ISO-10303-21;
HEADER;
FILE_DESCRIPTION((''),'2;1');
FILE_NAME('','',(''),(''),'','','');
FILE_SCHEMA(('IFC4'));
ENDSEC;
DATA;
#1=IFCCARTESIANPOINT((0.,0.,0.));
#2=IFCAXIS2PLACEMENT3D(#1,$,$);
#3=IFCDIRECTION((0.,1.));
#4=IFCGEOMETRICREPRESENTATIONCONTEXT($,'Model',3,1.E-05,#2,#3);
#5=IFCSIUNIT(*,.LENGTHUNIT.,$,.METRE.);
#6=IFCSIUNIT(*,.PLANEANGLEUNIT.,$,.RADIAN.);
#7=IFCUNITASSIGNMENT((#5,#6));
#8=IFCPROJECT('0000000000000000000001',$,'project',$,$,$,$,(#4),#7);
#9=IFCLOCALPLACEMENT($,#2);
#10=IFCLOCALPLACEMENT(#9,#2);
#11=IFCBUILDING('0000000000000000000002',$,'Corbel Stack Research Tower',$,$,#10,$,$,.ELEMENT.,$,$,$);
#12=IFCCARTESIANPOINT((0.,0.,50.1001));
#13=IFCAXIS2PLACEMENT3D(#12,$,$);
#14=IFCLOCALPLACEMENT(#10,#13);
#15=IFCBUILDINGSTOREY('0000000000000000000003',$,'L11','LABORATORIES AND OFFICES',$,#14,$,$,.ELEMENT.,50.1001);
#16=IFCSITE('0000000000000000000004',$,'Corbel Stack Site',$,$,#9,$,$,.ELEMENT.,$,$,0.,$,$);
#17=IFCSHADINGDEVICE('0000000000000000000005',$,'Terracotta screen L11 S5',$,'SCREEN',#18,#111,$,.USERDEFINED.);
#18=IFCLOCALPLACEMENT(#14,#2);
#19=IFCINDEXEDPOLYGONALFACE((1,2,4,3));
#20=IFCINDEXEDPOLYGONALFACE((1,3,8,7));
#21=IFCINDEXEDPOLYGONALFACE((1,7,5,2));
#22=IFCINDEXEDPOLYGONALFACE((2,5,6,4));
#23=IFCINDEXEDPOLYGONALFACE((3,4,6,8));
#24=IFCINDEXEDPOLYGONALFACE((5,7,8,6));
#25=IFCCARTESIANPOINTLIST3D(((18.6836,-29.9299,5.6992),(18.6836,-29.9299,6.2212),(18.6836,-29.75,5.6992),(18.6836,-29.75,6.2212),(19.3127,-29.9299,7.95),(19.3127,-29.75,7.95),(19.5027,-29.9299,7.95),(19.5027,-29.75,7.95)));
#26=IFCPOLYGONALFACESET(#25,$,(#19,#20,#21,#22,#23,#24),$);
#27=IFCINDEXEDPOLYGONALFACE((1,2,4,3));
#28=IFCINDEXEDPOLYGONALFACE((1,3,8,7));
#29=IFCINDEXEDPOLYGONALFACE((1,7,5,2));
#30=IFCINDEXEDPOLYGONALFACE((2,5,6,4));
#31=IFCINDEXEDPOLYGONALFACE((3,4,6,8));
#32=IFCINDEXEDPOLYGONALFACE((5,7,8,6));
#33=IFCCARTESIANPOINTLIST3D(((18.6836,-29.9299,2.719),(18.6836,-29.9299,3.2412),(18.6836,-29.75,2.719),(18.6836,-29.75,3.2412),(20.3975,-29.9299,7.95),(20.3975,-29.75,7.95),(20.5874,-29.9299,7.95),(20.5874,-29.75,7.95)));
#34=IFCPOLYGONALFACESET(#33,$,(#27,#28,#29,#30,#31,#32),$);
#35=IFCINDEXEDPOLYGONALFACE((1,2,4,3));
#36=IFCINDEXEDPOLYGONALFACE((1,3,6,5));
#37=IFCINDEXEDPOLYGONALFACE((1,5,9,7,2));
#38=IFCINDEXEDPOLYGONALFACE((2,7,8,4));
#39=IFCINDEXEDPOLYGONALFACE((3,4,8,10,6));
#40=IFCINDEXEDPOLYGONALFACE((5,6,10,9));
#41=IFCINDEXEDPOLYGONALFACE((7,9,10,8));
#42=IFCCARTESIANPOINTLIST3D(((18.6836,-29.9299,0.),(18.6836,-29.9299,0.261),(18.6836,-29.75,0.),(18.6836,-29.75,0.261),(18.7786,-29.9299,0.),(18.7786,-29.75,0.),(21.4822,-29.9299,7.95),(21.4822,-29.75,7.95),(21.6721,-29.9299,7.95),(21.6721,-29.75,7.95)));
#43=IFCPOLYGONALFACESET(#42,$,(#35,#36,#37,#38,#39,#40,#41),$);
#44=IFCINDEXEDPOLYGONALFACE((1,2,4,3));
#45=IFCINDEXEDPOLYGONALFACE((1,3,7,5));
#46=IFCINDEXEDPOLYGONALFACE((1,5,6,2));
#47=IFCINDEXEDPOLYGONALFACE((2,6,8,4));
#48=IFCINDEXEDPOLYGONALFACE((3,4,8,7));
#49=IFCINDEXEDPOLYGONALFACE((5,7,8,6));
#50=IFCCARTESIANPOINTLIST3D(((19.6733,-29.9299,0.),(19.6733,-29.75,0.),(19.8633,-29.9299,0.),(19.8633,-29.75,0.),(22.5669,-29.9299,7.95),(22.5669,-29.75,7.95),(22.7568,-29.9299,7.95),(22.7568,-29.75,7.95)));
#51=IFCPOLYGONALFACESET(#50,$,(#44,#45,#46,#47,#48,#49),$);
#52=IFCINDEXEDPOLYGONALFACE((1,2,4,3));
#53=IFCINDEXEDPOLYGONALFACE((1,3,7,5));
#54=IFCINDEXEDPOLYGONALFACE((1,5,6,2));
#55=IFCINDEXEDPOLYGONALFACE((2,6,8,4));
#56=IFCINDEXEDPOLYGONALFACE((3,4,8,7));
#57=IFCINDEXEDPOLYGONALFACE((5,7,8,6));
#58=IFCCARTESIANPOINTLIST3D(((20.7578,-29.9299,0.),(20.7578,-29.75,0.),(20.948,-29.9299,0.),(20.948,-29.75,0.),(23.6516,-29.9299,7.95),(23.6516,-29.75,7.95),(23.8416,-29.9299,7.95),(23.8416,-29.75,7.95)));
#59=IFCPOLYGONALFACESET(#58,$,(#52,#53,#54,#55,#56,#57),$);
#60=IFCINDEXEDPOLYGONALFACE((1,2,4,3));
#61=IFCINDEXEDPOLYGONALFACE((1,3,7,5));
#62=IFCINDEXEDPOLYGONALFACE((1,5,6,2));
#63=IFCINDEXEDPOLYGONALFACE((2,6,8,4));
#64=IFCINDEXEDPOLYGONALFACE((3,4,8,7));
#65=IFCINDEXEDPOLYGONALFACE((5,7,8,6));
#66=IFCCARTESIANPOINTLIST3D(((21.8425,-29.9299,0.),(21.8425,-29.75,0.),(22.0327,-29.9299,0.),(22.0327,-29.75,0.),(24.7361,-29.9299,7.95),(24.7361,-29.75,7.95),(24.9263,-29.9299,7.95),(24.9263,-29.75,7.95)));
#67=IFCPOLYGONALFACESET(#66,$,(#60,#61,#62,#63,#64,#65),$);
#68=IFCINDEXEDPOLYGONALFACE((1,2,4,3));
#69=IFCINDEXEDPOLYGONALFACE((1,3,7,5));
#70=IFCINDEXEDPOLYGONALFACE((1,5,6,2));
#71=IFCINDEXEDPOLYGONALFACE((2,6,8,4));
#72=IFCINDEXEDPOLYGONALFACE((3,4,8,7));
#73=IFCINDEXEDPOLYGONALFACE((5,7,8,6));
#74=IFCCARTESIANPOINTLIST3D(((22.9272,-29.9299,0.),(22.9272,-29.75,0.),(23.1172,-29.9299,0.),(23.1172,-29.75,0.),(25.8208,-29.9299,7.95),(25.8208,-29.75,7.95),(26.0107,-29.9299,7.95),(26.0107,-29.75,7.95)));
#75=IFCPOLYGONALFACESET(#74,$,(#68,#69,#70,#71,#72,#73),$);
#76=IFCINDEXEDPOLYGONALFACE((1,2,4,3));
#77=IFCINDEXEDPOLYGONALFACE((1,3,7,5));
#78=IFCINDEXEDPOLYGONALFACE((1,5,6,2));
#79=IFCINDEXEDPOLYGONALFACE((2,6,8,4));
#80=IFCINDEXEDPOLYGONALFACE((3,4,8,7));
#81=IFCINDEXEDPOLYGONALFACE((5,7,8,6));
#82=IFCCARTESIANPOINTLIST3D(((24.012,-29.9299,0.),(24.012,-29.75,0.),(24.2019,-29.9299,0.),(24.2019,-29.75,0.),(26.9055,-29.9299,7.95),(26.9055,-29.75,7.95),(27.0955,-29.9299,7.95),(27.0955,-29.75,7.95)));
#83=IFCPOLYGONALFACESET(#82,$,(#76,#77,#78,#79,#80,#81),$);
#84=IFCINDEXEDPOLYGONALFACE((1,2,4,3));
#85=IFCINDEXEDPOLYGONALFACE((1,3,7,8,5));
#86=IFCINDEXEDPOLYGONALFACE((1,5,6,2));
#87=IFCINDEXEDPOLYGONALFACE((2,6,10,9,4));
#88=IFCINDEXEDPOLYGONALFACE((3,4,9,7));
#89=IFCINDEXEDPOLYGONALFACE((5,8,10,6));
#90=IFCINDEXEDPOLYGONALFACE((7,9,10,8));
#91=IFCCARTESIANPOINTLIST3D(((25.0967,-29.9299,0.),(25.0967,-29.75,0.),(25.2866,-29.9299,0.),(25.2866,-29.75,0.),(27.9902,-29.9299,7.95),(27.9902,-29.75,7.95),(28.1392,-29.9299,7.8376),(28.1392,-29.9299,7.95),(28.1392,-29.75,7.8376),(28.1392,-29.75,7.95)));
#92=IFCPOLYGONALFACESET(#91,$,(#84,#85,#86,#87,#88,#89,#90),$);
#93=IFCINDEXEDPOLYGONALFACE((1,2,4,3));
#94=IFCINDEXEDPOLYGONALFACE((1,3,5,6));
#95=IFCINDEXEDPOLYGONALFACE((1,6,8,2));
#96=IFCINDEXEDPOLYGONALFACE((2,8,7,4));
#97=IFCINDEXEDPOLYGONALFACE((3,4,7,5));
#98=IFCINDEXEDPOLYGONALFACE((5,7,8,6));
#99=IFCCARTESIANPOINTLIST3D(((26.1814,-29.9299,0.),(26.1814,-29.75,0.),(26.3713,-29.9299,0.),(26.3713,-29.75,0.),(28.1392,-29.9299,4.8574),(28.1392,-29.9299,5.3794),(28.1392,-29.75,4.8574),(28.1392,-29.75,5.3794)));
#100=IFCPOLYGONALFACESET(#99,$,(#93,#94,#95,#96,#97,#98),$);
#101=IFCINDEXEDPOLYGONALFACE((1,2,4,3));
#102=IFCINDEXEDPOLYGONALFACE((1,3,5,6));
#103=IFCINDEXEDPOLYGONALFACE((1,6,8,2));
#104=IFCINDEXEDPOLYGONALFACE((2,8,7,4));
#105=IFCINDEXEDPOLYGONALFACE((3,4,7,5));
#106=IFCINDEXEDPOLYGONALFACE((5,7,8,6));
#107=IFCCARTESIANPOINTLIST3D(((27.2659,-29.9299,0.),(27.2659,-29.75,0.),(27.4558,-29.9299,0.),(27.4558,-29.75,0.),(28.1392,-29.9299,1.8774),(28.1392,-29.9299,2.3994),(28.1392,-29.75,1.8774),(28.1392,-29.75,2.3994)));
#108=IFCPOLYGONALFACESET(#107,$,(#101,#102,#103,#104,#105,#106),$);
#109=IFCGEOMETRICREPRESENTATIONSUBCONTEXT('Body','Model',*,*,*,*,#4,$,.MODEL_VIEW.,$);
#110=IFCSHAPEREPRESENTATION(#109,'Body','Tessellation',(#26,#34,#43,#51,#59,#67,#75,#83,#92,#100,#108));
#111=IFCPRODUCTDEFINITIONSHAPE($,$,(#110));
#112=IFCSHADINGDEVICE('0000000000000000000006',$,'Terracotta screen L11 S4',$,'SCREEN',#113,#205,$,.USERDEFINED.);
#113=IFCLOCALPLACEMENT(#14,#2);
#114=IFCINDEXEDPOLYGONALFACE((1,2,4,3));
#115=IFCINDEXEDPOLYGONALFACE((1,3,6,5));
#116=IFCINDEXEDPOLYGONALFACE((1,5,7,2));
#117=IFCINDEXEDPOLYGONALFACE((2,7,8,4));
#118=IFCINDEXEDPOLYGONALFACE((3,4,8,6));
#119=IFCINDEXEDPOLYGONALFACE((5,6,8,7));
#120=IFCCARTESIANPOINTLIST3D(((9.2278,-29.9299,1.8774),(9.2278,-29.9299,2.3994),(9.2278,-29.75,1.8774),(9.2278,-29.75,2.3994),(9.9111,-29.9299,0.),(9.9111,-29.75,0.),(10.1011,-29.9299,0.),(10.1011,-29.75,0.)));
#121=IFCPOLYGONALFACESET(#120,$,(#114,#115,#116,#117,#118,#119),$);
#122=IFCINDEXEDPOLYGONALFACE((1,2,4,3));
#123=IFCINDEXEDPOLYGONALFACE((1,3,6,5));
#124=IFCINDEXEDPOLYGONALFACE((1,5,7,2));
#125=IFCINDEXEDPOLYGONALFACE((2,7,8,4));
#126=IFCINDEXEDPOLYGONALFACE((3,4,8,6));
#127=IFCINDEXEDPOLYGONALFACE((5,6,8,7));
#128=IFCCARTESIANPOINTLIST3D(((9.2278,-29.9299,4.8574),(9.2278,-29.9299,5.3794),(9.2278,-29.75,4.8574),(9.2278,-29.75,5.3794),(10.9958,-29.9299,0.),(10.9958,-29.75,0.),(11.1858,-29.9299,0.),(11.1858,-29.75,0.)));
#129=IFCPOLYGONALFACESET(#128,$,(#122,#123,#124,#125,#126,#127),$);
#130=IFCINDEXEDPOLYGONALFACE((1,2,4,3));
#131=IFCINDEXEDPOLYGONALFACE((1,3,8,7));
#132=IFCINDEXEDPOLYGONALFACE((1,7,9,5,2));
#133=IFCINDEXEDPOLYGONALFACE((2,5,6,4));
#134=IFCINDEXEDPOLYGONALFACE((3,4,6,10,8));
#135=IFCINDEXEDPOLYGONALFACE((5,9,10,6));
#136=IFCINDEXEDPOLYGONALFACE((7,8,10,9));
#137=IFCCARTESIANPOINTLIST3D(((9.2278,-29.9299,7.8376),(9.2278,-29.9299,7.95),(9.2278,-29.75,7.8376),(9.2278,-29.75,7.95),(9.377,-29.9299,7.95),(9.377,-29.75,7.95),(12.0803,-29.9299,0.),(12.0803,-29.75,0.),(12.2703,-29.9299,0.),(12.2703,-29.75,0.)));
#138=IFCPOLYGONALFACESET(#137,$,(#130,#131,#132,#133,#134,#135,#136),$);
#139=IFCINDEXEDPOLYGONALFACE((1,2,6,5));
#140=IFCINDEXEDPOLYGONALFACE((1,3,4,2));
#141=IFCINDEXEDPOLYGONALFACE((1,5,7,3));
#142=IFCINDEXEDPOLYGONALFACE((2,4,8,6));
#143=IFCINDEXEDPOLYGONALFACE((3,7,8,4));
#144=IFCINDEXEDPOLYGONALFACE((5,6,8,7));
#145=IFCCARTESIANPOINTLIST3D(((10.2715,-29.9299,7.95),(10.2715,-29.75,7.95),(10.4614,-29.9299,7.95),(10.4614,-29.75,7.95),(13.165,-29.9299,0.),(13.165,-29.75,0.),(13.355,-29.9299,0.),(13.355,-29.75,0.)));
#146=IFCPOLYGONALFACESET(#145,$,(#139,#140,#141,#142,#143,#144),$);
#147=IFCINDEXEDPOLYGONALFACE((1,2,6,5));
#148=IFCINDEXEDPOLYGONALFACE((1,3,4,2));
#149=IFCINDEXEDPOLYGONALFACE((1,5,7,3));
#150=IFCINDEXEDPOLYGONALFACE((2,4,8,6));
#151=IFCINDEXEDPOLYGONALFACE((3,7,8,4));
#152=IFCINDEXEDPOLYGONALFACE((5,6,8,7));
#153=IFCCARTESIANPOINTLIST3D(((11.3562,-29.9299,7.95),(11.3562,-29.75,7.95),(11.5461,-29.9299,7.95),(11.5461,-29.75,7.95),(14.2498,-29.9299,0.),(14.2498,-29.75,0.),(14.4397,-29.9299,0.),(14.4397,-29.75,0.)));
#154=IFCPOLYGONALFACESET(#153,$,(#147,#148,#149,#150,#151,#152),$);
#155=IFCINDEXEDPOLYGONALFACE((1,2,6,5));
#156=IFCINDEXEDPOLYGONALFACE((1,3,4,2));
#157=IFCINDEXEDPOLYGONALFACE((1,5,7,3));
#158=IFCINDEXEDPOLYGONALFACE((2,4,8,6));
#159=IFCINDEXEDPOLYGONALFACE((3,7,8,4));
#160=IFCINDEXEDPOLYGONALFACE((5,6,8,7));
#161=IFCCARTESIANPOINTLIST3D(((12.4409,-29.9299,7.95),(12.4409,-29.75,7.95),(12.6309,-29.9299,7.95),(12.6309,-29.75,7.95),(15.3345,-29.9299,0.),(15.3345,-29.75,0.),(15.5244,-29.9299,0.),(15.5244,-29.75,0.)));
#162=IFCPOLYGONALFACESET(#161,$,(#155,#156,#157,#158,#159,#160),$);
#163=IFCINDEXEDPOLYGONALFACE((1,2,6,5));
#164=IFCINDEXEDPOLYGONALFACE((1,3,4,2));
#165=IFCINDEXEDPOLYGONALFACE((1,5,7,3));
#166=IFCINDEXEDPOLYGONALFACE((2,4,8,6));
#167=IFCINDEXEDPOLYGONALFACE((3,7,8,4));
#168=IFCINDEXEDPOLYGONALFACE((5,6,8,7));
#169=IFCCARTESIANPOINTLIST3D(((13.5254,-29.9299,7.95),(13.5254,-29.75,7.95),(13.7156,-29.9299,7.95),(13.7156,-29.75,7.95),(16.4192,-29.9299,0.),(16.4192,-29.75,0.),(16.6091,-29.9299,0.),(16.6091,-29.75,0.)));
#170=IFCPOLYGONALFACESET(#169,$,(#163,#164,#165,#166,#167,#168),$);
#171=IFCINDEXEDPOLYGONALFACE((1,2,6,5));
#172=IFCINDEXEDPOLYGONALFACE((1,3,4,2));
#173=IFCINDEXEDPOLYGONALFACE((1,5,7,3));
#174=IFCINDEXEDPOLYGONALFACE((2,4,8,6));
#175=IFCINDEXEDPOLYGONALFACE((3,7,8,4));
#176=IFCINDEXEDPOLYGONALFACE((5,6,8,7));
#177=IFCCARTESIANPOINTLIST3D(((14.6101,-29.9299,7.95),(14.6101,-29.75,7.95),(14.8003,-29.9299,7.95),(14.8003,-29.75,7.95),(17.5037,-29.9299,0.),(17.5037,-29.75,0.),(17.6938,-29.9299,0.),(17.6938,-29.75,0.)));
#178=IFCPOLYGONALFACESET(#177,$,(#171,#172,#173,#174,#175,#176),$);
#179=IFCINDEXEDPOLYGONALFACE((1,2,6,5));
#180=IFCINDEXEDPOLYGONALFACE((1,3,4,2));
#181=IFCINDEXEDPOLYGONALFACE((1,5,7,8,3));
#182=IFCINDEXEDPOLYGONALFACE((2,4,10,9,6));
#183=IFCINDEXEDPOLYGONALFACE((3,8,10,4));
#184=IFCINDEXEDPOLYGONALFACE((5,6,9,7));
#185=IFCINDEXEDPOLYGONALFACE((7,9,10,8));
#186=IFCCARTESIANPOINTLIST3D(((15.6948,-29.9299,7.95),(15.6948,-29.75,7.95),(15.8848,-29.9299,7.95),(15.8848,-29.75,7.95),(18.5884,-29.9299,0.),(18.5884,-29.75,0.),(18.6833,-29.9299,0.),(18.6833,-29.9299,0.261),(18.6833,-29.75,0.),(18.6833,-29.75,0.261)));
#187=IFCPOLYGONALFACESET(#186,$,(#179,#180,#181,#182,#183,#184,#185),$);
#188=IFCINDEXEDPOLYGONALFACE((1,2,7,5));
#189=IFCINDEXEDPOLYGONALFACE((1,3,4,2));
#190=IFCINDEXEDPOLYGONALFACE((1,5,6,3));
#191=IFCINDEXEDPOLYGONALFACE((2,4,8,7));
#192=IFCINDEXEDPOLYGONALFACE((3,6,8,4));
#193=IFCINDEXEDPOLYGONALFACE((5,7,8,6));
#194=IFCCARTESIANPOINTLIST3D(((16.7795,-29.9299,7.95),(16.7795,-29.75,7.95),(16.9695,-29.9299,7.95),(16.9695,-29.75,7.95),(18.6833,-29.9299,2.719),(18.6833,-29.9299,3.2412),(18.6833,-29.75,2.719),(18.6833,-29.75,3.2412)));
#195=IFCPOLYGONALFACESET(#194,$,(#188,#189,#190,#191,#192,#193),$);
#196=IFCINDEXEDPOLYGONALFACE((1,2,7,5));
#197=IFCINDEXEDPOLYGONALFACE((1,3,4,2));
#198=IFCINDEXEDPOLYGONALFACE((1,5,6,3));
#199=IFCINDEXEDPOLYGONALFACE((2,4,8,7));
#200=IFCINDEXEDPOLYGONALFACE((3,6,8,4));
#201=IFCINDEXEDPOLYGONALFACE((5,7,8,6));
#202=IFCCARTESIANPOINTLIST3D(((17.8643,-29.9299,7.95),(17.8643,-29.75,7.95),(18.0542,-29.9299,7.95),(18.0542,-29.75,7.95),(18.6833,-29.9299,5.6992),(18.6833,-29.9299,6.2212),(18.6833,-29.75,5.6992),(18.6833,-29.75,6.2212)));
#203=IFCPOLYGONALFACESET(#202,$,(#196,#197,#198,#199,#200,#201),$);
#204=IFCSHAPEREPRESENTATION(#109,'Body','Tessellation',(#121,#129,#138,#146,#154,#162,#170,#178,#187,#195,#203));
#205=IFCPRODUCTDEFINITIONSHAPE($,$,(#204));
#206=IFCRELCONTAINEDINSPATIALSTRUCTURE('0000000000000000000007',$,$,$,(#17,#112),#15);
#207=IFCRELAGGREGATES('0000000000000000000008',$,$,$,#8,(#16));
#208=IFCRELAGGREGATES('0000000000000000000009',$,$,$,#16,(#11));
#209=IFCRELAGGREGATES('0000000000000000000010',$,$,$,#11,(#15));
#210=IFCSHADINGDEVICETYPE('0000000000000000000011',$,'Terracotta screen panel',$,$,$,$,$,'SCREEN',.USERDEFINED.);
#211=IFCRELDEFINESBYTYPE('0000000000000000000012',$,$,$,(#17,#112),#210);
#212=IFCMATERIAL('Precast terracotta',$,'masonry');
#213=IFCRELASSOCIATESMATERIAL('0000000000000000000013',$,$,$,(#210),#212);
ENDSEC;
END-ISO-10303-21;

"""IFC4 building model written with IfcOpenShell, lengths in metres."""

from ifc_helpers import new_model, si_unit, direction, frame, origin, place, context, subcontext, project, spatial, polyline, outline, extrude, source, transform, mapped, material, type_object, element, save


model = new_model("IFC4")

# Units and contexts
model_context = context("Model", 3, precision=1e-05, world=origin(), true_north=direction((0.0, 1.0)))
body_context = subcontext(model_context, "Body", "Model", "MODEL_VIEW")
ifc_project = project(units=[si_unit("LENGTHUNIT", "METRE"), si_unit("PLANEANGLEUNIT", "RADIAN")], contexts=[model_context])

# Site, building, storey
site_placement = place(None, origin())
site = spatial("IfcSite", under=ifc_project, at=site_placement, Name="Corbel Stack Site", CompositionType="ELEMENT", RefElevation=0.0)
building_placement = place(site_placement, origin())
building = spatial("IfcBuilding", under=site, at=building_placement, Name="Corbel Stack Research Tower", CompositionType="ELEMENT")
storey_placement = place(building_placement, frame((0.0, 0.0, 50.1001)))
storey = spatial("IfcBuildingStorey", under=building, at=storey_placement, Name="L11", Description="LABORATORIES AND OFFICES", CompositionType="ELEMENT", Elevation=50.1001)

# Shading devices
ifc_material_1 = material(Name="Precast terracotta", Category="masonry")
shading_device_type = type_object("IfcShadingDeviceType", Name="Terracotta screen panel", ElementType="SCREEN", PredefinedType="USERDEFINED", material=ifc_material_1)
shared_shape_1 = source(origin(), body_context, "Body", "SweptSolid", [
    extrude(outline(polyline([(0.8191, 7.95), (0.6292, 7.95), (0.0, 6.2212), (0.0, 5.6992), (0.8191, 7.95)])), frame((0.0, 0.0, 0.0), z_axis=(0.0, -1.0, 0.0), x_axis=(1.0, 0.0, 0.0)), (0.0, 0.0, 1.0), 0.1799),
    extrude(outline(polyline([(1.9038, 7.95), (1.7139, 7.95), (0.0, 3.2412), (0.0, 2.719), (1.9038, 7.95)])), frame((0.0, 0.0, 0.0), z_axis=(0.0, -1.0, 0.0), x_axis=(1.0, 0.0, 0.0)), (0.0, 0.0, 1.0), 0.1799),
    extrude(outline(polyline([(0.095, 0.0), (2.9885, 7.95), (2.7986, 7.95), (0.0, 0.261), (0.0, 0.0), (0.095, 0.0)])), frame((0.0, 0.0, 0.0), z_axis=(0.0, -1.0, 0.0), x_axis=(1.0, 0.0, 0.0)), (0.0, 0.0, 1.0), 0.1799),
    extrude(outline(polyline([(1.1797, 0.0), (4.0732, 7.95), (3.8833, 7.95), (0.9897, 0.0), (1.1797, 0.0)])), frame((0.0, 0.0, 0.0), z_axis=(0.0, -1.0, 0.0), x_axis=(1.0, 0.0, 0.0)), (0.0, 0.0, 1.0), 0.1799),
    extrude(outline(polyline([(2.2644, 0.0), (5.158, 7.95), (4.968, 7.95), (2.0742, 0.0), (2.2644, 0.0)])), frame((0.0, 0.0, 0.0), z_axis=(0.0, -1.0, 0.0), x_axis=(1.0, 0.0, 0.0)), (0.0, 0.0, 1.0), 0.1799),
    extrude(outline(polyline([(3.3491, 0.0), (6.2427, 7.95), (6.0525, 7.95), (3.1589, 0.0), (3.3491, 0.0)])), frame((0.0, 0.0, 0.0), z_axis=(0.0, -1.0, 0.0), x_axis=(1.0, 0.0, 0.0)), (0.0, 0.0, 1.0), 0.1799),
    extrude(outline(polyline([(4.4336, 0.0), (7.3271, 7.95), (7.1372, 7.95), (4.2437, 0.0), (4.4336, 0.0)])), frame((0.0, 0.0, 0.0), z_axis=(0.0, -1.0, 0.0), x_axis=(1.0, 0.0, 0.0)), (0.0, 0.0, 1.0), 0.1799),
    extrude(outline(polyline([(5.5183, 0.0), (8.4119, 7.95), (8.2219, 7.95), (5.3284, 0.0), (5.5183, 0.0)])), frame((0.0, 0.0, 0.0), z_axis=(0.0, -1.0, 0.0), x_axis=(1.0, 0.0, 0.0)), (0.0, 0.0, 1.0), 0.1799),
    extrude(outline(polyline([(6.603, 0.0), (9.4556, 7.8376), (9.4556, 7.95), (9.3066, 7.95), (6.4131, 0.0), (6.603, 0.0)])), frame((0.0, 0.0, 0.0), z_axis=(0.0, -1.0, 0.0), x_axis=(1.0, 0.0, 0.0)), (0.0, 0.0, 1.0), 0.1799),
    extrude(outline(polyline([(7.6877, 0.0), (9.4556, 4.8574), (9.4556, 5.3794), (7.4978, 0.0), (7.6877, 0.0)])), frame((0.0, 0.0, 0.0), z_axis=(0.0, -1.0, 0.0), x_axis=(1.0, 0.0, 0.0)), (0.0, 0.0, 1.0), 0.1799),
    extrude(outline(polyline([(8.7722, 0.0), (9.4556, 1.8774), (9.4556, 2.3994), (8.5823, 0.0), (8.7722, 0.0)])), frame((0.0, 0.0, 0.0), z_axis=(0.0, -1.0, 0.0), x_axis=(1.0, 0.0, 0.0)), (0.0, 0.0, 1.0), 0.1799),
])
shading_device_1_placement = place(storey_placement, frame((18.6836, -29.75, 0.0), z_axis=(0.0, 0.0, 1.0), x_axis=(1.0, 0.0, 0.0)))
element("IfcShadingDevice", 1, at=shading_device_1_placement, inside=storey, type_object=shading_device_type, Name="Terracotta screen L11 S5", ObjectType="SCREEN", PredefinedType="USERDEFINED", context=body_context, shape_type="MappedRepresentation", body=[
    mapped(shared_shape_1, transform((0.0, 0.0, 0.0))),
])
shared_shape_2 = source(origin(), body_context, "Body", "SweptSolid", [
    extrude(outline(polyline([(0.8733, 0.0), (0.0, 2.3994), (0.0, 1.8774), (0.6833, 0.0), (0.8733, 0.0)])), frame((0.0, 0.0, 0.0), z_axis=(0.0, -1.0, 0.0), x_axis=(1.0, 0.0, 0.0)), (0.0, 0.0, 1.0), 0.1799),
    extrude(outline(polyline([(1.958, 0.0), (0.0, 5.3794), (0.0, 4.8574), (1.7681, 0.0), (1.958, 0.0)])), frame((0.0, 0.0, 0.0), z_axis=(0.0, -1.0, 0.0), x_axis=(1.0, 0.0, 0.0)), (0.0, 0.0, 1.0), 0.1799),
    extrude(outline(polyline([(3.0425, 0.0), (0.1492, 7.95), (0.0, 7.95), (0.0, 7.8376), (2.8525, 0.0), (3.0425, 0.0)])), frame((0.0, 0.0, 0.0), z_axis=(0.0, -1.0, 0.0), x_axis=(1.0, 0.0, 0.0)), (0.0, 0.0, 1.0), 0.1799),
    extrude(outline(polyline([(4.1272, 0.0), (1.2336, 7.95), (1.0437, 7.95), (3.9373, 0.0), (4.1272, 0.0)])), frame((0.0, 0.0, 0.0), z_axis=(0.0, -1.0, 0.0), x_axis=(1.0, 0.0, 0.0)), (0.0, 0.0, 1.0), 0.1799),
    extrude(outline(polyline([(5.2119, 0.0), (2.3184, 7.95), (2.1284, 7.95), (5.022, 0.0), (5.2119, 0.0)])), frame((0.0, 0.0, 0.0), z_axis=(0.0, -1.0, 0.0), x_axis=(1.0, 0.0, 0.0)), (0.0, 0.0, 1.0), 0.1799),
    extrude(outline(polyline([(6.2966, 0.0), (3.4031, 7.95), (3.2131, 7.95), (6.1067, 0.0), (6.2966, 0.0)])), frame((0.0, 0.0, 0.0), z_axis=(0.0, -1.0, 0.0), x_axis=(1.0, 0.0, 0.0)), (0.0, 0.0, 1.0), 0.1799),
    extrude(outline(polyline([(7.3813, 0.0), (4.4878, 7.95), (4.2976, 7.95), (7.1914, 0.0), (7.3813, 0.0)])), frame((0.0, 0.0, 0.0), z_axis=(0.0, -1.0, 0.0), x_axis=(1.0, 0.0, 0.0)), (0.0, 0.0, 1.0), 0.1799),
    extrude(outline(polyline([(8.4661, 0.0), (5.5725, 7.95), (5.3823, 7.95), (8.2759, 0.0), (8.4661, 0.0)])), frame((0.0, 0.0, 0.0), z_axis=(0.0, -1.0, 0.0), x_axis=(1.0, 0.0, 0.0)), (0.0, 0.0, 1.0), 0.1799),
    extrude(outline(polyline([(9.4556, 0.0), (9.4556, 0.261), (6.657, 7.95), (6.467, 7.95), (9.3606, 0.0), (9.4556, 0.0)])), frame((0.0, 0.0, 0.0), z_axis=(0.0, -1.0, 0.0), x_axis=(1.0, 0.0, 0.0)), (0.0, 0.0, 1.0), 0.1799),
    extrude(outline(polyline([(7.7417, 7.95), (7.5518, 7.95), (9.4556, 2.719), (9.4556, 3.2412), (7.7417, 7.95)])), frame((0.0, 0.0, 0.0), z_axis=(0.0, -1.0, 0.0), x_axis=(1.0, 0.0, 0.0)), (0.0, 0.0, 1.0), 0.1799),
    extrude(outline(polyline([(8.8264, 7.95), (8.6365, 7.95), (9.4556, 5.6992), (9.4556, 6.2212), (8.8264, 7.95)])), frame((0.0, 0.0, 0.0), z_axis=(0.0, -1.0, 0.0), x_axis=(1.0, 0.0, 0.0)), (0.0, 0.0, 1.0), 0.1799),
])
shading_device_2_placement = place(storey_placement, frame((9.2278, -29.75, 0.0), z_axis=(0.0, 0.0, 1.0), x_axis=(1.0, 0.0, 0.0)))
element("IfcShadingDevice", 2, at=shading_device_2_placement, inside=storey, type_object=shading_device_type, Name="Terracotta screen L11 S4", ObjectType="SCREEN", PredefinedType="USERDEFINED", context=body_context, shape_type="MappedRepresentation", body=[
    mapped(shared_shape_2, transform((0.0, 0.0, 0.0))),
])

save(model, "model.ifc")
